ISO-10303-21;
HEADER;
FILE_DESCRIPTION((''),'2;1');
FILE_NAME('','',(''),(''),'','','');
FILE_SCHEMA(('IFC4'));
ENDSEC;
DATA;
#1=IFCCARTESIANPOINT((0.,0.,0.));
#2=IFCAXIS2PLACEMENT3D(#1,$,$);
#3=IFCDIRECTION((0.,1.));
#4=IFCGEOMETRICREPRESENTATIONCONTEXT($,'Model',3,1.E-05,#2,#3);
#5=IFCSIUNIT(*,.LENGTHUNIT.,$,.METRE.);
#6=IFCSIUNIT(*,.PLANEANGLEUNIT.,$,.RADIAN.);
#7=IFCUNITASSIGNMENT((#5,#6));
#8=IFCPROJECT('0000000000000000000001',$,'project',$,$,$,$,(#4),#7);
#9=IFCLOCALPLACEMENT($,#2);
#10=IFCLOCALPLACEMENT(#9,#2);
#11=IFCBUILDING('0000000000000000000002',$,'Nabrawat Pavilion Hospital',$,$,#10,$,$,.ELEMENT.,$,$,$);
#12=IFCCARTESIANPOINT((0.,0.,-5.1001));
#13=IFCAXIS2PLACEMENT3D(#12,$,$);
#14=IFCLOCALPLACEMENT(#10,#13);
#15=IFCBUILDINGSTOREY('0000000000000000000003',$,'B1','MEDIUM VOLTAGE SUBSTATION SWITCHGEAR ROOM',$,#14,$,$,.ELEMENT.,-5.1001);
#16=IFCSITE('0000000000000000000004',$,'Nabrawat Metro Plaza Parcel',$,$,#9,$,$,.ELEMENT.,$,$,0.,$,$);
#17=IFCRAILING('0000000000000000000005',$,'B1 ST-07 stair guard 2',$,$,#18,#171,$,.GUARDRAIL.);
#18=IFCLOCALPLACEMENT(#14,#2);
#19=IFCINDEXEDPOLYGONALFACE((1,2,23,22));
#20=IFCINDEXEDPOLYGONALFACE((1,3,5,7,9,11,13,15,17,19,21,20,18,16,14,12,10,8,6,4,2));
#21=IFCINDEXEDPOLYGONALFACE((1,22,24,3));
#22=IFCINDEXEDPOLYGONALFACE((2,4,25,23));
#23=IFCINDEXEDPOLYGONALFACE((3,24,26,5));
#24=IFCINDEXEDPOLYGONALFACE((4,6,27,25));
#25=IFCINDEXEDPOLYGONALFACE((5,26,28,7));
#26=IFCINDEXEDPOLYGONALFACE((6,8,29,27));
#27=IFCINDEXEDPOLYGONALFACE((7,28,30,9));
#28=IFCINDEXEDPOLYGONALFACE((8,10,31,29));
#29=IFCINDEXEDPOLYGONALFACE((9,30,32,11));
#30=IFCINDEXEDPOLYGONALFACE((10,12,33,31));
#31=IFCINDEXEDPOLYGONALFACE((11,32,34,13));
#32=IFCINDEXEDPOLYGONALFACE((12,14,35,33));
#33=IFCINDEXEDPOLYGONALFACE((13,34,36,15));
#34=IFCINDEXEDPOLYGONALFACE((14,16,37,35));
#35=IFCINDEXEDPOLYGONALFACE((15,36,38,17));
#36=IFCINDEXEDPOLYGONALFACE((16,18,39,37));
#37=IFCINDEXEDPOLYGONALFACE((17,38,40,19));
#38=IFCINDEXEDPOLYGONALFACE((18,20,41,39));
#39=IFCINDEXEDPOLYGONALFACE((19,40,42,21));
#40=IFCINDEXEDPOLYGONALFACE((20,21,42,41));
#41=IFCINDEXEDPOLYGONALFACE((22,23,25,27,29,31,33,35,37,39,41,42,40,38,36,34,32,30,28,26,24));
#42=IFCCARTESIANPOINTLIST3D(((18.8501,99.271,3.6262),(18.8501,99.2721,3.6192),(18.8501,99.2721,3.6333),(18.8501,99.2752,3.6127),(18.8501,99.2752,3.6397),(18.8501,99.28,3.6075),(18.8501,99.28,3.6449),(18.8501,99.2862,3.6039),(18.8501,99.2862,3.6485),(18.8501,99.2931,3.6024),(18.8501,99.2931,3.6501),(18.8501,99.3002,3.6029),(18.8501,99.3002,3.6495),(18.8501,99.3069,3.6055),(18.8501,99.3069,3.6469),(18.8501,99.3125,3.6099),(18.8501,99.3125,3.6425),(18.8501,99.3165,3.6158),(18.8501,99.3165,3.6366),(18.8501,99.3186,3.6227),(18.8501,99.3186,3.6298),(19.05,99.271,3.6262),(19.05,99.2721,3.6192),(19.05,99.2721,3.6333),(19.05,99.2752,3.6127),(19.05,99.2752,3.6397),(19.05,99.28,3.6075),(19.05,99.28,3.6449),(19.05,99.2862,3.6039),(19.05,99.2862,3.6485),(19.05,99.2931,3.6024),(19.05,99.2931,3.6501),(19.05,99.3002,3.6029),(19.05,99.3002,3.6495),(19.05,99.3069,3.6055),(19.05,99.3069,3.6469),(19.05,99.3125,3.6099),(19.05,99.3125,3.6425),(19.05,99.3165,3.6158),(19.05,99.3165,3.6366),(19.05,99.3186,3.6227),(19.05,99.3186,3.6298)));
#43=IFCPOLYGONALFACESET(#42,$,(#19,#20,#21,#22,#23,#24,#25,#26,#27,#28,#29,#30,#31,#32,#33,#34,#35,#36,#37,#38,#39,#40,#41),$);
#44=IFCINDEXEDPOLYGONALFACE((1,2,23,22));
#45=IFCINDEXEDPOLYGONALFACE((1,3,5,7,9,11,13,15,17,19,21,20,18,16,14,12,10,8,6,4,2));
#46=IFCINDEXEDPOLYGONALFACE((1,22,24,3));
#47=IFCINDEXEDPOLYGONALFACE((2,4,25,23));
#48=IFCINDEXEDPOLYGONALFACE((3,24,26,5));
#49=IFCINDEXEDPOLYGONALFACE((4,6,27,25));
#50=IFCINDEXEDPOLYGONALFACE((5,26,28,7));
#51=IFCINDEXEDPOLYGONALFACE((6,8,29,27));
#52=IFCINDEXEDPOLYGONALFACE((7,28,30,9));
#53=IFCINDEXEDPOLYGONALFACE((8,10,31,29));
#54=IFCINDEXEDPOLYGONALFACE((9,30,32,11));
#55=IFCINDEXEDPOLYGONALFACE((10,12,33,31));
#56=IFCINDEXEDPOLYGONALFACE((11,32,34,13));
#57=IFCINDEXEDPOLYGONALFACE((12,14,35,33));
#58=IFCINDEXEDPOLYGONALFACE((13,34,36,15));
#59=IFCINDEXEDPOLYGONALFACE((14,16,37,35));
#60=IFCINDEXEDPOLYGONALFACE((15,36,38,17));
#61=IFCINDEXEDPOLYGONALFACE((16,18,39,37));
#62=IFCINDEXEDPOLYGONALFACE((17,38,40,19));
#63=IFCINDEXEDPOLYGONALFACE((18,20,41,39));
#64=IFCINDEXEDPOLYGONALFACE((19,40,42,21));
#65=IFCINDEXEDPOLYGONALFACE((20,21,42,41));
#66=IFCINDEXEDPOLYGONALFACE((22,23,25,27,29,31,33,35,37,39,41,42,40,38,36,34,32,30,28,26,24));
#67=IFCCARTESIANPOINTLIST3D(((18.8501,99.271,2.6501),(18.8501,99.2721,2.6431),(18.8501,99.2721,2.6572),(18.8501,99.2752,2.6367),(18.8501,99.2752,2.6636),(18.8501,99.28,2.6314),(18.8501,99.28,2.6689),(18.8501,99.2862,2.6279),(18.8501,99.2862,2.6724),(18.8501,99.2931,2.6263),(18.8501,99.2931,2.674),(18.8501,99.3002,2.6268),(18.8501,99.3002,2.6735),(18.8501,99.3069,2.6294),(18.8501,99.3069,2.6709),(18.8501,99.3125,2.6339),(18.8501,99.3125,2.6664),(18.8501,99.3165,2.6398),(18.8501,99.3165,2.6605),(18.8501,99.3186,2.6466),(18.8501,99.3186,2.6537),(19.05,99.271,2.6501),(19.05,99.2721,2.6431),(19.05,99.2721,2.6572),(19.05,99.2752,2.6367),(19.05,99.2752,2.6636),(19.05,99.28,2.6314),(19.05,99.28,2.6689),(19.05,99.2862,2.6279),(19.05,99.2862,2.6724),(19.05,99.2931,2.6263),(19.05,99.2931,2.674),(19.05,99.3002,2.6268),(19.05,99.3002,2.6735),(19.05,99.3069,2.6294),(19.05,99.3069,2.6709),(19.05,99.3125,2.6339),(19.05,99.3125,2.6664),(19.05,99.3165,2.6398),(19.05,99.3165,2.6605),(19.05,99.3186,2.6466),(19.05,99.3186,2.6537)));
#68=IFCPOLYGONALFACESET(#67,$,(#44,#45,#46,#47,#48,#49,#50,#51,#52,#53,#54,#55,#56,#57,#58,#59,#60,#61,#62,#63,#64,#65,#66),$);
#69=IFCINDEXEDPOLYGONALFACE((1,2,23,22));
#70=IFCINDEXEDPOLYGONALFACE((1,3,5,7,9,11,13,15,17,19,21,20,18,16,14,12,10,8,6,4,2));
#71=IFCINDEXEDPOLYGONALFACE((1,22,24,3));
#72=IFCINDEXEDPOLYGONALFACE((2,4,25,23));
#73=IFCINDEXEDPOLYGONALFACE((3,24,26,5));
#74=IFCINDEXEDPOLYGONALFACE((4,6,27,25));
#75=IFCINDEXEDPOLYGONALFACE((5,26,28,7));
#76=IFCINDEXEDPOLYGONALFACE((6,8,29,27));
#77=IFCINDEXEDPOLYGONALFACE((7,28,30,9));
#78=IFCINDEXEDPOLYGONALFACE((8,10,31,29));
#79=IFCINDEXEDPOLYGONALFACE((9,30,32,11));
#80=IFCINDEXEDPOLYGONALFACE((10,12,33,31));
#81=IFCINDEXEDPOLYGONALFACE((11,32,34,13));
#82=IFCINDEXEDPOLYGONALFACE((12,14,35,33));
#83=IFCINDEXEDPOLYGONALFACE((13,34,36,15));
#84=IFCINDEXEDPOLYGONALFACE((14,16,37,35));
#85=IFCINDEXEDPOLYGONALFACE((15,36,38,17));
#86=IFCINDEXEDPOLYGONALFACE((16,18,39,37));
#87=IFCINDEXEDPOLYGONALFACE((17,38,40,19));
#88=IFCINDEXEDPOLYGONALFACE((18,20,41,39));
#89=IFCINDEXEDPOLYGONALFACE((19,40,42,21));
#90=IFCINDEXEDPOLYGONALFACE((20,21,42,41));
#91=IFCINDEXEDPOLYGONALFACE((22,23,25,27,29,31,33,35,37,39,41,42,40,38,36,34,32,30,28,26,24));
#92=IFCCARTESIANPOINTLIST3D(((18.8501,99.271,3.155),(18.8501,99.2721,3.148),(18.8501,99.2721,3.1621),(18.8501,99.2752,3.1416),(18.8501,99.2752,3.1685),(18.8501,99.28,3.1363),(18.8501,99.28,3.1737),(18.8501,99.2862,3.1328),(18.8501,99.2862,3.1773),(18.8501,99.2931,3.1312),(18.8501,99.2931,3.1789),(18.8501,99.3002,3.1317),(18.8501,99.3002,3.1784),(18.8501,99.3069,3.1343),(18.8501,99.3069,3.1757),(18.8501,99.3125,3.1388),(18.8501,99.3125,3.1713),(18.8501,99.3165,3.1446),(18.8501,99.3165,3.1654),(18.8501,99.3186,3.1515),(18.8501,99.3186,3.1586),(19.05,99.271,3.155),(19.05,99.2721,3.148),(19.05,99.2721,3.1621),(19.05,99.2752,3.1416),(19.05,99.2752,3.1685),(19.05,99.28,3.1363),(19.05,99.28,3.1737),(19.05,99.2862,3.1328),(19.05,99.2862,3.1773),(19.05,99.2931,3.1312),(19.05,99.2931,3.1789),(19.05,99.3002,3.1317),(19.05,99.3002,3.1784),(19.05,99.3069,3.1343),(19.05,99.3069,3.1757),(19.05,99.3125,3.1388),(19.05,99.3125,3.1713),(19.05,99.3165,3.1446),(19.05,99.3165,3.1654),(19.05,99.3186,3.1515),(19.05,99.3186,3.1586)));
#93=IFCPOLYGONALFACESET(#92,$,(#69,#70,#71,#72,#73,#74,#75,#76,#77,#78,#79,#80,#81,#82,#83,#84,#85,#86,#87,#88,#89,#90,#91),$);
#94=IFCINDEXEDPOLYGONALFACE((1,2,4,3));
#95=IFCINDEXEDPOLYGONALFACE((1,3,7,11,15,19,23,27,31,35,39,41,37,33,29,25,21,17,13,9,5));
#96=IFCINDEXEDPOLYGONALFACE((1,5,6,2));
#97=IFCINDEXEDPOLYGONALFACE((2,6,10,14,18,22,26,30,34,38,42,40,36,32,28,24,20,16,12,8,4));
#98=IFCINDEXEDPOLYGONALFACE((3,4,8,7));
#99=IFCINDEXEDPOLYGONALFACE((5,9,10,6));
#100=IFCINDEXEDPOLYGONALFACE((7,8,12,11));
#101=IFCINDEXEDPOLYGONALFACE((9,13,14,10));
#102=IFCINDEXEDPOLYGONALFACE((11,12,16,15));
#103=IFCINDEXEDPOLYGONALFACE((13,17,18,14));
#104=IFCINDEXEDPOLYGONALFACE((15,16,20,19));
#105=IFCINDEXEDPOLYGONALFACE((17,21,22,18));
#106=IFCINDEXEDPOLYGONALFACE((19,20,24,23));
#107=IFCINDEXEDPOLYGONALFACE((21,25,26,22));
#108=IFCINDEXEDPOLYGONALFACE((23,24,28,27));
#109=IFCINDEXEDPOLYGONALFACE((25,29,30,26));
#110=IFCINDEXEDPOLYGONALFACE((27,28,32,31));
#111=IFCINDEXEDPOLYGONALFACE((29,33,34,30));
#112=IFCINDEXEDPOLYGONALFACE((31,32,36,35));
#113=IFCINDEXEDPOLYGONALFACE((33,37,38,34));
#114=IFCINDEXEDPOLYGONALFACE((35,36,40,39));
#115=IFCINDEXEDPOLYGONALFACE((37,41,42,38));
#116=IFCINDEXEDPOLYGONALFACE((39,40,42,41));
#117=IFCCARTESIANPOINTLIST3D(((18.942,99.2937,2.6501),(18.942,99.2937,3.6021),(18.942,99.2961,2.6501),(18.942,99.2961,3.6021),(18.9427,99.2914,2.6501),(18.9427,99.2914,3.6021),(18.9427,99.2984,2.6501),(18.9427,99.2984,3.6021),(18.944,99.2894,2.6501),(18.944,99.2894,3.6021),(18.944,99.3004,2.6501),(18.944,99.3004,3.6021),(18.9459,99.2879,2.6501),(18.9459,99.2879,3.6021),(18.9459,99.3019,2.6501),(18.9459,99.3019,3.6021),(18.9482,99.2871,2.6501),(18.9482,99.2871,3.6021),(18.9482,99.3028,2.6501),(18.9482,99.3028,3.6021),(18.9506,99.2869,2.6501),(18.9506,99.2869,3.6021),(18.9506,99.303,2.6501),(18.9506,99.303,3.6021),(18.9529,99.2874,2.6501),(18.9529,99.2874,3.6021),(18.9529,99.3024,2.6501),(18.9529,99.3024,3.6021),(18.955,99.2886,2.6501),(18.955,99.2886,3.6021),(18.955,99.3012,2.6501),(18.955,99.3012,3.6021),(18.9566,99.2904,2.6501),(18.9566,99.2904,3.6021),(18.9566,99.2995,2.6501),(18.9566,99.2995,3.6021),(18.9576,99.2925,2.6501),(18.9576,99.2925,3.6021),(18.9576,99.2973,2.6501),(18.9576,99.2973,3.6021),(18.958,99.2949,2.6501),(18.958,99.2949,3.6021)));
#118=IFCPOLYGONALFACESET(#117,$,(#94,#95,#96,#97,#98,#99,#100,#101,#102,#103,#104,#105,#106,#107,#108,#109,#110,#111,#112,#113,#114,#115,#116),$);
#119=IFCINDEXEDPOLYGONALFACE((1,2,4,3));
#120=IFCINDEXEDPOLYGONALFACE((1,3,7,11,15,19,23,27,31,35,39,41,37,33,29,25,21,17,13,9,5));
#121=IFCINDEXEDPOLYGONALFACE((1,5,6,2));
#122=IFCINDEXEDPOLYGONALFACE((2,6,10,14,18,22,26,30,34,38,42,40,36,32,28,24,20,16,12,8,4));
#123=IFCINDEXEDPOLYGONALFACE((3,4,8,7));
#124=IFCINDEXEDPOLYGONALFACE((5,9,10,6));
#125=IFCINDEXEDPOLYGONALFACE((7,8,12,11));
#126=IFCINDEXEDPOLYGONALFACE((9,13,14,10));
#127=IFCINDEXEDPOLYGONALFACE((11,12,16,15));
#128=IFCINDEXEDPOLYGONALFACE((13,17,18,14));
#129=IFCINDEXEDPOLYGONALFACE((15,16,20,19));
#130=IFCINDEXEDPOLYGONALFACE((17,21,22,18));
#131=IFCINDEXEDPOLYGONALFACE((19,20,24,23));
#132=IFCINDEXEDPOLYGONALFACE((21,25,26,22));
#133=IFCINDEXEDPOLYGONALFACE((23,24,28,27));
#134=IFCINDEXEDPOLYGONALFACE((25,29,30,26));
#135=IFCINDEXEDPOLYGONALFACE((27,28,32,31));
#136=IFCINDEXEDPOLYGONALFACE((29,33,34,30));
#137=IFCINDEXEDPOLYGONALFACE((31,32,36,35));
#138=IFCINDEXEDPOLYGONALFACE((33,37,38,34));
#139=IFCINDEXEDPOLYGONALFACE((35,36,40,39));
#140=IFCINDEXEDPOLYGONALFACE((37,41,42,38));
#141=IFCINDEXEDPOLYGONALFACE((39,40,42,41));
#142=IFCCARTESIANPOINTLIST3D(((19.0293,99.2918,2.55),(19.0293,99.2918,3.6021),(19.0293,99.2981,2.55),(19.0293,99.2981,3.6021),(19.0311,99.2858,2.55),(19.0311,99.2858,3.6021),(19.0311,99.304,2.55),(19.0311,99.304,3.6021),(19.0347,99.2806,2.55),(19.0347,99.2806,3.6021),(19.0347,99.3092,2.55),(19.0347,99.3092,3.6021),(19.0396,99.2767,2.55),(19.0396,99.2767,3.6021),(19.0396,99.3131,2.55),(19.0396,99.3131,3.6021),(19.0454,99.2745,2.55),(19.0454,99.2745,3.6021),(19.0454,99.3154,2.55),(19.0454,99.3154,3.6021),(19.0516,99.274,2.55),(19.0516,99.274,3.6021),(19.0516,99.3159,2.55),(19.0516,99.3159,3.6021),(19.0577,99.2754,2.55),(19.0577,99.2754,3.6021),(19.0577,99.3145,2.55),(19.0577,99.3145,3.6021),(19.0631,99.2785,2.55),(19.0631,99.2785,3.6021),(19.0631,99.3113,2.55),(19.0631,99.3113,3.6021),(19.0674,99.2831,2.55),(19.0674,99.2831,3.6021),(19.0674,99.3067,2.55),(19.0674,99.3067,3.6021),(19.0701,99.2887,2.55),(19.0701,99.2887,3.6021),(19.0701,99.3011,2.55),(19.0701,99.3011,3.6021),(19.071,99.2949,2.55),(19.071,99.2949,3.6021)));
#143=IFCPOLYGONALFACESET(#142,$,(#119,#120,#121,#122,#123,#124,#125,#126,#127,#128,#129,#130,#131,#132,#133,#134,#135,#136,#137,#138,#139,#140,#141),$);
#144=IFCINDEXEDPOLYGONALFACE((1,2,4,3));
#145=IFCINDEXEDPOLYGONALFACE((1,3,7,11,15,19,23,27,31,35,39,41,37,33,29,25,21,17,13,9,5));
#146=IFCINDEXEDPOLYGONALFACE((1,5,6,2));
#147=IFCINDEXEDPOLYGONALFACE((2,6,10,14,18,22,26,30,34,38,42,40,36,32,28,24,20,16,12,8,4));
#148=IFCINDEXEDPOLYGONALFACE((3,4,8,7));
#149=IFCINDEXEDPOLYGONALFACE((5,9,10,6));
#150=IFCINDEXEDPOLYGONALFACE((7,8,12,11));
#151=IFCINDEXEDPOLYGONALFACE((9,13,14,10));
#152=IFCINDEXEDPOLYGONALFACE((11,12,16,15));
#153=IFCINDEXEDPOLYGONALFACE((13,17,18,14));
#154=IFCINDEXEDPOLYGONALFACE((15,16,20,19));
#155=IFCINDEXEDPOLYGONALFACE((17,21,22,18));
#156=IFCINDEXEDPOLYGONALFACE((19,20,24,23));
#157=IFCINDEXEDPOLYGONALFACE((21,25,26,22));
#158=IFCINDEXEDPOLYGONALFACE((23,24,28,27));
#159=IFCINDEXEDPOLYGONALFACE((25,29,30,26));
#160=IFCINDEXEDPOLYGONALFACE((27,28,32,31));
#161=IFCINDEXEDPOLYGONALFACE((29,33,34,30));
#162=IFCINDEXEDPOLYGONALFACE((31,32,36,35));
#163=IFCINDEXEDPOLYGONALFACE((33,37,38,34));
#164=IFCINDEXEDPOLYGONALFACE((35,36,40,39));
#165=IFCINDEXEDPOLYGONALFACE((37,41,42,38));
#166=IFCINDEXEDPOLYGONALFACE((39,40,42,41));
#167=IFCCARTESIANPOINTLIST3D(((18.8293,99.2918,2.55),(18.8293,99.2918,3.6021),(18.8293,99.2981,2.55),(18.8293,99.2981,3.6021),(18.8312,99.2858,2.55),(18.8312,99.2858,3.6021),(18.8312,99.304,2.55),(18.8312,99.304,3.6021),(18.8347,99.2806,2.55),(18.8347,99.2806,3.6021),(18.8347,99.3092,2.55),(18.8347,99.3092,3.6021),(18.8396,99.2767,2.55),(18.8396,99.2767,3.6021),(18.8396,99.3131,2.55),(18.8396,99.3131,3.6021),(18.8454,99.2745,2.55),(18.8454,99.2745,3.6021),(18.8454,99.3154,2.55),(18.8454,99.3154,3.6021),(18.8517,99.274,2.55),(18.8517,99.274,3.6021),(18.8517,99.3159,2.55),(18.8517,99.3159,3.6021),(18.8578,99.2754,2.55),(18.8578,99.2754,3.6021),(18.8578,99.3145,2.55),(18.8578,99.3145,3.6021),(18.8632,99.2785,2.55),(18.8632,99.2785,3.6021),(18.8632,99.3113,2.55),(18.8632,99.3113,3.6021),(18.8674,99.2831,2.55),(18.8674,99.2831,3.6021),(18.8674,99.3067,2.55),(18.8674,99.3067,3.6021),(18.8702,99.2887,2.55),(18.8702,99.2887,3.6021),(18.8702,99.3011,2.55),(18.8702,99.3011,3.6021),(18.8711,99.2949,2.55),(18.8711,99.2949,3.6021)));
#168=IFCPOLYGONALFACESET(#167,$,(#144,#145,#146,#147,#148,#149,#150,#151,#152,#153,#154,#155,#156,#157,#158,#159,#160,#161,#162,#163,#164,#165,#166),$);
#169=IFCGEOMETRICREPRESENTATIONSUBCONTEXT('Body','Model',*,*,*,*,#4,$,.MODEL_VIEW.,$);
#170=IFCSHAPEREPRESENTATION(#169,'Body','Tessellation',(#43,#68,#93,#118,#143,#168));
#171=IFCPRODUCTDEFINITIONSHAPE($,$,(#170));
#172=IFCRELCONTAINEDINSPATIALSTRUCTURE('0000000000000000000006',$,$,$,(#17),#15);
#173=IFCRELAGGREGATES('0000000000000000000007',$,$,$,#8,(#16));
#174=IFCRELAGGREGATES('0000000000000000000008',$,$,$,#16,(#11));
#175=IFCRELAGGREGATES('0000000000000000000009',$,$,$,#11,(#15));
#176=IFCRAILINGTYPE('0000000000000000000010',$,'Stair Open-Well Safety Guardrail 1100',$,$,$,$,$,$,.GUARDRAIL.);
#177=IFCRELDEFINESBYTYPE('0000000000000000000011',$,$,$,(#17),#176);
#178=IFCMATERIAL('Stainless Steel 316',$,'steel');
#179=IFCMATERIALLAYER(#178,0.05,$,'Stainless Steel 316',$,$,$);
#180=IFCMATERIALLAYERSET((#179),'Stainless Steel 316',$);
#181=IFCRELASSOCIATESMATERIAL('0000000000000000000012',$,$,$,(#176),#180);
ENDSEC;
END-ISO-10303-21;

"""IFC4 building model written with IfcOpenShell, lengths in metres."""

from ifc_helpers import new_model, si_unit, direction, frame, origin, origin_2d, place, context, subcontext, project, spatial, circle, extrude, material, layer, layer_set, type_object, element, save


model = new_model("IFC4")

# Units and contexts
model_context = context("Model", 3, precision=1e-05, world=origin(), true_north=direction((0.0, 1.0)))
body_context = subcontext(model_context, "Body", "Model", "MODEL_VIEW")
ifc_project = project(units=[si_unit("LENGTHUNIT", "METRE"), si_unit("PLANEANGLEUNIT", "RADIAN")], contexts=[model_context])

# Site, building, storey
site_placement = place(None, origin())
site = spatial("IfcSite", under=ifc_project, at=site_placement, Name="Nabrawat Metro Plaza Parcel", CompositionType="ELEMENT", RefElevation=0.0)
building_placement = place(site_placement, origin())
building = spatial("IfcBuilding", under=site, at=building_placement, Name="Nabrawat Pavilion Hospital", CompositionType="ELEMENT")
storey_placement = place(building_placement, frame((0.0, 0.0, -5.1001)))
storey = spatial("IfcBuildingStorey", under=building, at=storey_placement, Name="B1", Description="MEDIUM VOLTAGE SUBSTATION SWITCHGEAR ROOM", CompositionType="ELEMENT", Elevation=-5.1001)

# Railing
ifc_material_1 = material(Name="Stainless Steel 316", Category="steel")
ifc_layer_1 = layer(ifc_material_1, 0.05, Name="Stainless Steel 316")
ifc_layer_set_1 = layer_set([ifc_layer_1], Name="Stainless Steel 316")
railing_type_1 = type_object("IfcRailingType", Name="Stair Open-Well Safety Guardrail 1100", PredefinedType="GUARDRAIL", material=ifc_layer_set_1)
railing_1_placement = place(storey_placement, frame((19.05, 99.2949, 2.55)))
element("IfcRailing", 1, at=railing_1_placement, inside=storey, type_object=railing_type_1, Name="B1 ST-07 stair guard 2", PredefinedType="GUARDRAIL", context=body_context, shape_type="SweptSolid", body=[
    extrude(circle(Radius=0.0239, at=origin_2d()), frame((0.0, 0.0, 1.0762), z_axis=(-1.0, 0.0, 0.0), x_axis=(0.0, -1.0, 0.0)), (0.0, 0.0, 1.0), 0.2),
    extrude(circle(Radius=0.0239, at=origin_2d()), frame((0.0, 0.0, 0.1001), z_axis=(-1.0, 0.0, 0.0), x_axis=(0.0, -1.0, 0.0)), (0.0, 0.0, 1.0), 0.2),
    extrude(circle(Radius=0.0239, at=origin_2d()), frame((0.0, 0.0, 0.605), z_axis=(-1.0, 0.0, 0.0), x_axis=(0.0, -1.0, 0.0)), (0.0, 0.0, 1.0), 0.2),
    extrude(circle(Radius=0.0081, at=origin_2d()), frame((-0.1001, 0.0, 0.1001)), (0.0, 0.0, 1.0), 0.9519),
    extrude(circle(Radius=0.021, at=origin_2d()), origin(), (0.0, 0.0, 1.0), 1.052),
    extrude(circle(Radius=0.021, at=origin_2d()), frame((-0.2, 0.0, 0.0)), (0.0, 0.0, 1.0), 1.052),
])

save(model, "model.ifc")
